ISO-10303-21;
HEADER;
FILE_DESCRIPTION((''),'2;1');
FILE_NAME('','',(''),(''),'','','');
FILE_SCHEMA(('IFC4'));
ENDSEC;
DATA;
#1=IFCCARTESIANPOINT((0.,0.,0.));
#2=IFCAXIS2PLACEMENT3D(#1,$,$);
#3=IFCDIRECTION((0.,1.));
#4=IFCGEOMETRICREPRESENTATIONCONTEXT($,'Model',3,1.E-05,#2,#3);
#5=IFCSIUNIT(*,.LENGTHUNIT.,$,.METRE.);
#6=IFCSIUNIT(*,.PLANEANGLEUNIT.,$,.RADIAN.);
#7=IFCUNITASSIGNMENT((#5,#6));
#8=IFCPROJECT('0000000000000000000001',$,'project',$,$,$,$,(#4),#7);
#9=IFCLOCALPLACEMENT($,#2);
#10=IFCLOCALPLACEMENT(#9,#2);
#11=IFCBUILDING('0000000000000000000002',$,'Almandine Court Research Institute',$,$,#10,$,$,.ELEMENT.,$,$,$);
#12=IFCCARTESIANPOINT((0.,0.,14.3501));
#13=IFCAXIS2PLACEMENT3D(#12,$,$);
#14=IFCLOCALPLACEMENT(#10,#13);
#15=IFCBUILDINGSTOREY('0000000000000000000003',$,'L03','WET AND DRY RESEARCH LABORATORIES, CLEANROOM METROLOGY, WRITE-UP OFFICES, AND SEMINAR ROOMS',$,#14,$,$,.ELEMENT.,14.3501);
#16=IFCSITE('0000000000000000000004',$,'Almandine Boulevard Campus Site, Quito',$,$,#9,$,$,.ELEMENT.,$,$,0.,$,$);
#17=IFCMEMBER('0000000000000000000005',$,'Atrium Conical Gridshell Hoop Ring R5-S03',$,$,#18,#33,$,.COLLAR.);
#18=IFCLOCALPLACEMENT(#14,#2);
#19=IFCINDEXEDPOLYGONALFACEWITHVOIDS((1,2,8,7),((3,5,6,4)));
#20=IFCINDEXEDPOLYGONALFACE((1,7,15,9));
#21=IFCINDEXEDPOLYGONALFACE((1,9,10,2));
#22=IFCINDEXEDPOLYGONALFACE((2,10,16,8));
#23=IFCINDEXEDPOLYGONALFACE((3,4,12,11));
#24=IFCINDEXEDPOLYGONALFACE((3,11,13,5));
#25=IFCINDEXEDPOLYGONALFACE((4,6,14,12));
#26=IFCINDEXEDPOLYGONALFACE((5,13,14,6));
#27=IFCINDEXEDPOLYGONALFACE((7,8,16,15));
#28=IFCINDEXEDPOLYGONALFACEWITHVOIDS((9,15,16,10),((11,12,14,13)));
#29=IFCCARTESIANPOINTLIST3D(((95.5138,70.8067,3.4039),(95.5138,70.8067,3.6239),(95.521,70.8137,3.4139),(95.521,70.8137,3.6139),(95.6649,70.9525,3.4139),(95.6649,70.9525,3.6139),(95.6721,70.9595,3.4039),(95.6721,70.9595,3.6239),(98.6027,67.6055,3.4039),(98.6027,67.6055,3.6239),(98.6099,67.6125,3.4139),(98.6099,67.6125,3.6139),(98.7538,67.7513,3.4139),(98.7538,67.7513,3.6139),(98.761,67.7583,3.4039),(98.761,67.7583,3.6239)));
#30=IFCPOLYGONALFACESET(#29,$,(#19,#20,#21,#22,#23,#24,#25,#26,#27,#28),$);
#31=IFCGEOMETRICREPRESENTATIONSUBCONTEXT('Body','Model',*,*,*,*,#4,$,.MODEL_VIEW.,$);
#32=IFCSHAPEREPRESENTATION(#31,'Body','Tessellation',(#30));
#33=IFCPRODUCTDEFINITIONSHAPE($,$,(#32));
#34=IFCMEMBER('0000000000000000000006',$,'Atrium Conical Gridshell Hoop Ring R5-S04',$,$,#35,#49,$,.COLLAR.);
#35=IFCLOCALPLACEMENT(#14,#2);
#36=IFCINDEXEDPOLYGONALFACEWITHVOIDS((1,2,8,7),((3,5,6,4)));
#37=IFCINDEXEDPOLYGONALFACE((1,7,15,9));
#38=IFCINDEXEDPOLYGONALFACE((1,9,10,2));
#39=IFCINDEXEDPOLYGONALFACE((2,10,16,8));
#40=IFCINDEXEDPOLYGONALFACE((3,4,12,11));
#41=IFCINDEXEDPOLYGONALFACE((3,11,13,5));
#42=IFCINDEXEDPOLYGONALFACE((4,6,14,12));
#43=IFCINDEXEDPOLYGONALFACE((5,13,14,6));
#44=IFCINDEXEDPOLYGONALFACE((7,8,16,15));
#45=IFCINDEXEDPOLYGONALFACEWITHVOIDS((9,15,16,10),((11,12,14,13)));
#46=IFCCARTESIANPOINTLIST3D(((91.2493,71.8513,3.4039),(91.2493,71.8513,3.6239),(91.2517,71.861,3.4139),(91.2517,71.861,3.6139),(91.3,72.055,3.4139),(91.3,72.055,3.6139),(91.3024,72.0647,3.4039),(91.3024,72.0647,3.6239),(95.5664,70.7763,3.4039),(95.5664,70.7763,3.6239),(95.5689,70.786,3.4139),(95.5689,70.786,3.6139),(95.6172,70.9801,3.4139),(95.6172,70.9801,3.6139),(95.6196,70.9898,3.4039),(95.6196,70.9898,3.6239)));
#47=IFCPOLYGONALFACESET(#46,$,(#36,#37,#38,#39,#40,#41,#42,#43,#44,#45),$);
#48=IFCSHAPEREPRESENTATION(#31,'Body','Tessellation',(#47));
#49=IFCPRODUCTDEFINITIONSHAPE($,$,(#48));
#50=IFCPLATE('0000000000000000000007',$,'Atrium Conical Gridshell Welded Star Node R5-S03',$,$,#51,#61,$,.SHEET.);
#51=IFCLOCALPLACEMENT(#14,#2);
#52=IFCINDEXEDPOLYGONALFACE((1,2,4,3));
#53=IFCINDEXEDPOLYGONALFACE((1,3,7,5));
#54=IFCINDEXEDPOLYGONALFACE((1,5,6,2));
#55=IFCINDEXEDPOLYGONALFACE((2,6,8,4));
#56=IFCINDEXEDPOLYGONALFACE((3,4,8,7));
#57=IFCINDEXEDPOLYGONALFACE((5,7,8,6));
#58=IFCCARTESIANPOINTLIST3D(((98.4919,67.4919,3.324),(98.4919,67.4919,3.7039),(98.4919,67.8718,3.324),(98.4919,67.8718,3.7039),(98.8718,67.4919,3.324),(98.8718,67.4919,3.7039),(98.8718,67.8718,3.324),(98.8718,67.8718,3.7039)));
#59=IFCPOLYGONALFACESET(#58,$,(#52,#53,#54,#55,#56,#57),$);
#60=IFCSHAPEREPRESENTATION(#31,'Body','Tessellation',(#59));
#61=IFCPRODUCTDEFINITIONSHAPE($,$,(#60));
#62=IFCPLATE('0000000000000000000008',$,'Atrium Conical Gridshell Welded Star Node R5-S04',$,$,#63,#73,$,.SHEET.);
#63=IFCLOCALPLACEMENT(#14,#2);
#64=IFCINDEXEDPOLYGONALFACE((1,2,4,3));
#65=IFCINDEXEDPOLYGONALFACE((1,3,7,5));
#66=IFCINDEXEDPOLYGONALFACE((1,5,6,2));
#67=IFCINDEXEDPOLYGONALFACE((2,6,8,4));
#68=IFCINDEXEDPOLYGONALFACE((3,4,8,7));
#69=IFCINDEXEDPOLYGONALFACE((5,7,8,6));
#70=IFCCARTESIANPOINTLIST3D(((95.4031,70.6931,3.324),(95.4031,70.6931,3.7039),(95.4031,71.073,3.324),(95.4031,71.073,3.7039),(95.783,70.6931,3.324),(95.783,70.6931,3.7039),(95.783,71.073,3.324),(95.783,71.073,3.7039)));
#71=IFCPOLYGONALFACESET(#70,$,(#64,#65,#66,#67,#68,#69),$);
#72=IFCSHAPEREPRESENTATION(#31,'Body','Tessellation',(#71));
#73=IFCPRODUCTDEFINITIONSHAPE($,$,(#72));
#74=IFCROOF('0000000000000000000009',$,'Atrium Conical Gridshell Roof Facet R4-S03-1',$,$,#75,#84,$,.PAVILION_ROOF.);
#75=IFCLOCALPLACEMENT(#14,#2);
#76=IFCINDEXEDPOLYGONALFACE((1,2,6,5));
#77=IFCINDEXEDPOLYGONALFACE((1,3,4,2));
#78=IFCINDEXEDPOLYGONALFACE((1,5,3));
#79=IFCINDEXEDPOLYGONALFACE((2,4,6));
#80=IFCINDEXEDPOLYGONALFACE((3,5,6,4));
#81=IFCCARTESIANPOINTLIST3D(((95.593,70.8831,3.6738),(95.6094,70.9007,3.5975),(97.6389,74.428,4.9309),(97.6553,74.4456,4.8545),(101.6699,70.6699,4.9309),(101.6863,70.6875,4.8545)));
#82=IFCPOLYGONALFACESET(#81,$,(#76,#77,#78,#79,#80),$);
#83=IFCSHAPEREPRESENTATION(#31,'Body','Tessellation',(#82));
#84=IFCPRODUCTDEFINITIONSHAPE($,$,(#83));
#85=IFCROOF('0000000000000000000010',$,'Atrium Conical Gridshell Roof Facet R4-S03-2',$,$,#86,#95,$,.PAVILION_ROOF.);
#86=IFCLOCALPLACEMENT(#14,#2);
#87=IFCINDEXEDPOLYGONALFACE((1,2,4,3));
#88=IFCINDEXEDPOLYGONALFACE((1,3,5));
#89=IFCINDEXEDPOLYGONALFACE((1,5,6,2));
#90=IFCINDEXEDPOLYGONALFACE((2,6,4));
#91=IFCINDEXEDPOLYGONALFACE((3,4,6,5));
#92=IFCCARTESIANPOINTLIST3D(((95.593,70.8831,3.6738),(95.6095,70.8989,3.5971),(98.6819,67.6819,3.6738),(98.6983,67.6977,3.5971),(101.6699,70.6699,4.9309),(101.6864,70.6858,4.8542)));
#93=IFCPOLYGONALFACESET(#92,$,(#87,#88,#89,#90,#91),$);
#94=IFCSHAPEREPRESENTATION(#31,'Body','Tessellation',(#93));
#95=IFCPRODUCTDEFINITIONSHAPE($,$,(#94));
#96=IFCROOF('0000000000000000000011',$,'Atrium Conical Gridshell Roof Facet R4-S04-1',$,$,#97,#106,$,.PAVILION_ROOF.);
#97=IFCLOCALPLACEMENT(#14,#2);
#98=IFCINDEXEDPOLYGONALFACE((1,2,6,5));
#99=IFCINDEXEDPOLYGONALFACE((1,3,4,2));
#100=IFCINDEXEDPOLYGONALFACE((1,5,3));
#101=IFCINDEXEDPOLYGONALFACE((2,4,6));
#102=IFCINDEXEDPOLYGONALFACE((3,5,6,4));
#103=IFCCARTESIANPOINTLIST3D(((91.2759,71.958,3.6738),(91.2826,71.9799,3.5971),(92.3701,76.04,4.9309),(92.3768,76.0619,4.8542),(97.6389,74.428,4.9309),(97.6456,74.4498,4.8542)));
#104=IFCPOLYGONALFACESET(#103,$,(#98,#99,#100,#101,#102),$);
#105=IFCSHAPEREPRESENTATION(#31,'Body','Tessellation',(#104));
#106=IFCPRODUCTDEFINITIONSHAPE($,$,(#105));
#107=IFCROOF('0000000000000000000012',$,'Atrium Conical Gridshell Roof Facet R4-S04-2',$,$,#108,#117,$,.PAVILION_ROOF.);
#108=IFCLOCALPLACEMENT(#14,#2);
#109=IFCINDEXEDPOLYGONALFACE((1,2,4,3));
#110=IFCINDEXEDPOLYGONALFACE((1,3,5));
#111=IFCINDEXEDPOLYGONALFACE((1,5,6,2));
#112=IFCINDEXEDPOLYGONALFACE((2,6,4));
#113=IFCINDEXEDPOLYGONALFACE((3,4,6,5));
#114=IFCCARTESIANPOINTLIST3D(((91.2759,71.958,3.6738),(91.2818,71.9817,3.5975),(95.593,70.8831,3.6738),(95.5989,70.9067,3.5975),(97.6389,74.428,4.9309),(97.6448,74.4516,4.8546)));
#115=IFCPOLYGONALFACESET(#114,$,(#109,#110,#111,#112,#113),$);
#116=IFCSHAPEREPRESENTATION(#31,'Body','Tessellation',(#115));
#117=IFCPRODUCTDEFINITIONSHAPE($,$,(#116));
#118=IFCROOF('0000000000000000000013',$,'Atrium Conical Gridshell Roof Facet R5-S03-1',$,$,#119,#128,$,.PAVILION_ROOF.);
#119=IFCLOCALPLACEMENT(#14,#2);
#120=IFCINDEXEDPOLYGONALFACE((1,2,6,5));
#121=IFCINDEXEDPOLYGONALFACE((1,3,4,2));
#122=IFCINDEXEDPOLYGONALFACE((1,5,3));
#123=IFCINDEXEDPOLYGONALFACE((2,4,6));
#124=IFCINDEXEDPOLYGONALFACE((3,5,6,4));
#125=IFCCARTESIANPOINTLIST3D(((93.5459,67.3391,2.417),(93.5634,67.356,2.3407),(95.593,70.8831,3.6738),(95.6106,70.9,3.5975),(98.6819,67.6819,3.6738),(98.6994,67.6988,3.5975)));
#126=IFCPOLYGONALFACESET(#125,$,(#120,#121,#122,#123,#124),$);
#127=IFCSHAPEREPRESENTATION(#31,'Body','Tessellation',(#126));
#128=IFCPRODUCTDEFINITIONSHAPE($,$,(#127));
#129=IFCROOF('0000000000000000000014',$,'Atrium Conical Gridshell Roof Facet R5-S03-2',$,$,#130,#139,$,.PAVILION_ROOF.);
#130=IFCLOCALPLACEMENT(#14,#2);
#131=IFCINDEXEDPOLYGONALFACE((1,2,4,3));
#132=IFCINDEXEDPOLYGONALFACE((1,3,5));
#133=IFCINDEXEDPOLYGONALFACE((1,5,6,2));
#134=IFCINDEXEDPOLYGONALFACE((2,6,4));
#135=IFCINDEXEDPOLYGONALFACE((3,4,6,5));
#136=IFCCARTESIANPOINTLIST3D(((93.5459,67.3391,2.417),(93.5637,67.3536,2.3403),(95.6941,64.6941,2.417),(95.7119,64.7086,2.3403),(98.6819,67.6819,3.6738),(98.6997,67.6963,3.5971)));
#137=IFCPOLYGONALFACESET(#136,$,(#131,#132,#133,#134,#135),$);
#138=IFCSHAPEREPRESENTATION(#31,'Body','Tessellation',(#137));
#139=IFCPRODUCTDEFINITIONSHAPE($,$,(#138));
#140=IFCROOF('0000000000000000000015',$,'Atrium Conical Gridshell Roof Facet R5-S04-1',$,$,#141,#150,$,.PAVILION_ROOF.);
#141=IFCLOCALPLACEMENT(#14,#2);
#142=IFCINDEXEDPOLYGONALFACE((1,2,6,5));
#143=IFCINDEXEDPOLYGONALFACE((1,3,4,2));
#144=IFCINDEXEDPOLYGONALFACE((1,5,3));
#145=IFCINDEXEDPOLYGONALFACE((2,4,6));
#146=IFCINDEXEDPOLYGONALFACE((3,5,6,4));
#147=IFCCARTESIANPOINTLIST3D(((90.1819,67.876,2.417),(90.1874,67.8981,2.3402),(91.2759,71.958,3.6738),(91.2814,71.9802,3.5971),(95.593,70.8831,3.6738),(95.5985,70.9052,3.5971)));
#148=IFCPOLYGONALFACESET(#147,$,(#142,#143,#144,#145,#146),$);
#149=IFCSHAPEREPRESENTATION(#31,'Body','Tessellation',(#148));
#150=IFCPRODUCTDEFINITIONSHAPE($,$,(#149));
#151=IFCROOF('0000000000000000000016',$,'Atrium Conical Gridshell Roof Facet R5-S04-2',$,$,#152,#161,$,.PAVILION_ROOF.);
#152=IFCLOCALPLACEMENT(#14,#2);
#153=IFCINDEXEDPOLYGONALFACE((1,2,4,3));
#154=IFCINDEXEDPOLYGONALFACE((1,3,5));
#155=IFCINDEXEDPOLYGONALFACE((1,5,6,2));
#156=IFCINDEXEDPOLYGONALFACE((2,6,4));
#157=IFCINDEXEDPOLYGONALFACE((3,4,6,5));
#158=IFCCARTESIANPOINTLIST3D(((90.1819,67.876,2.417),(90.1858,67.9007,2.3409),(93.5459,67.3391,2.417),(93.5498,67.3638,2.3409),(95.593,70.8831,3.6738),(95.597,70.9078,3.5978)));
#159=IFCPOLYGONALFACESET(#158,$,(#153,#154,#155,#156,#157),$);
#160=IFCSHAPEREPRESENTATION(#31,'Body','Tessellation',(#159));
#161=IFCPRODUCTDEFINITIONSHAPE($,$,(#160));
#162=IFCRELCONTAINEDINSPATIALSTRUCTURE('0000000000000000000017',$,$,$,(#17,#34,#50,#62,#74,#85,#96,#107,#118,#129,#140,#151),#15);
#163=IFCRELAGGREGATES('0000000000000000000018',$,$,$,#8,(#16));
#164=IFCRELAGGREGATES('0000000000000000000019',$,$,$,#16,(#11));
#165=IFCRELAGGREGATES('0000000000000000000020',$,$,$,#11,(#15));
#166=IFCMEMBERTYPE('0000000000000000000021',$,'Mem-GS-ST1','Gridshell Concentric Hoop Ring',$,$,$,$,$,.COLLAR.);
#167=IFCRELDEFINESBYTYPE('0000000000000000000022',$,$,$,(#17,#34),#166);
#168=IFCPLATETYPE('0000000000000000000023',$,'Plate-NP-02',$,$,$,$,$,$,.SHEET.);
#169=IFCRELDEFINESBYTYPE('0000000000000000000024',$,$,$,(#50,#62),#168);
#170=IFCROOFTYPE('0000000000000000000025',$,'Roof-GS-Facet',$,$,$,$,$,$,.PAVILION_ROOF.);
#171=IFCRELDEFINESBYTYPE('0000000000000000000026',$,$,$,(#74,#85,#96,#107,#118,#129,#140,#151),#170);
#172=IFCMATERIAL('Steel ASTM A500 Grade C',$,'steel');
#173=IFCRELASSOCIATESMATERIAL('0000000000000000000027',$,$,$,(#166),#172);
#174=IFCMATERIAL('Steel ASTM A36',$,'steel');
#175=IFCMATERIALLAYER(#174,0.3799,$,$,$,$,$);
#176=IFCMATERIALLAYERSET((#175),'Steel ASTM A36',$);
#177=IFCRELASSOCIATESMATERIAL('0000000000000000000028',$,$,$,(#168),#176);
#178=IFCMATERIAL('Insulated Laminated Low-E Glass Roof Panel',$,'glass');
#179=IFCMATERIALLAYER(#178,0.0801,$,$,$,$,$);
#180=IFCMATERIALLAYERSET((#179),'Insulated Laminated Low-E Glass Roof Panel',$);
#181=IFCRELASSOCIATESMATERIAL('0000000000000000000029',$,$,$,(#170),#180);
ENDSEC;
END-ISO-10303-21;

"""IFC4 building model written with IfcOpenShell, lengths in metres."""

from ifc_helpers import new_model, si_unit, direction, frame, origin, origin_2d, place, context, subcontext, project, spatial, polyline, rectangle, hollow_rectangle, outline, extrude, material, layer, layer_set, material_profile, profile_set, type_object, element, save


model = new_model("IFC4")

# Units and contexts
model_context = context("Model", 3, precision=1e-05, world=origin(), true_north=direction((0.0, 1.0)))
body_context = subcontext(model_context, "Body", "Model", "MODEL_VIEW")
ifc_project = project(units=[si_unit("LENGTHUNIT", "METRE"), si_unit("PLANEANGLEUNIT", "RADIAN")], contexts=[model_context])

# Site, building, storey
site_placement = place(None, origin())
site = spatial("IfcSite", under=ifc_project, at=site_placement, Name="Almandine Boulevard Campus Site, Quito", CompositionType="ELEMENT", RefElevation=0.0)
building_placement = place(site_placement, origin())
building = spatial("IfcBuilding", under=site, at=building_placement, Name="Almandine Court Research Institute", CompositionType="ELEMENT")
storey_placement = place(building_placement, frame((0.0, 0.0, 14.3501)))
storey = spatial("IfcBuildingStorey", under=building, at=storey_placement, Name="L03", Description="WET AND DRY RESEARCH LABORATORIES, CLEANROOM METROLOGY, WRITE-UP OFFICES, AND SEMINAR ROOMS", CompositionType="ELEMENT", Elevation=14.3501)

# Members
ifc_material_1 = material(Name="Steel ASTM A500 Grade C", Category="steel")
ifc_material_profile_1 = material_profile(ifc_material_1, hollow_rectangle(XDim=0.22, YDim=0.22, WallThickness=0.01, at=origin_2d()), Name="HSS 220x220x10")
ifc_profile_set_1 = profile_set([ifc_material_profile_1], Name="Steel ASTM A500 Grade C")
member_type_1 = type_object("IfcMemberType", Name="Mem-GS-ST1", Description="Gridshell Concentric Hoop Ring", PredefinedType="COLLAR", material=ifc_profile_set_1)
member_1_placement = place(storey_placement, frame((98.6819, 67.6819, 3.5139), z_axis=(-0.694371, 0.719617, 0.0), x_axis=(-0.719617, -0.694371, 0.0)))
element("IfcMember", 1, at=member_1_placement, inside=storey, type_object=member_type_1, Name="Atrium Conical Gridshell Hoop Ring R5-S03", PredefinedType="COLLAR", context=body_context, shape_type="SweptSolid", body=[
    extrude(hollow_rectangle(XDim=0.22, YDim=0.22, WallThickness=0.01, at=origin_2d()), origin(), (0.0, 0.0, 1.0), 4.4485),
])
member_2_placement = place(storey_placement, frame((95.593, 70.8831, 3.5139), z_axis=(-0.970371, 0.241619, 0.0), x_axis=(-0.241619, -0.970371, 0.0)))
element("IfcMember", 2, at=member_2_placement, inside=storey, type_object=member_type_1, Name="Atrium Conical Gridshell Hoop Ring R5-S04", PredefinedType="COLLAR", context=body_context, shape_type="SweptSolid", body=[
    extrude(hollow_rectangle(XDim=0.22, YDim=0.22, WallThickness=0.01, at=origin_2d()), origin(), (0.0, 0.0, 1.0), 4.449),
])

# Plates
ifc_material_2 = material(Name="Steel ASTM A36", Category="steel")
ifc_layer_1 = layer(ifc_material_2, 0.3799)
ifc_layer_set_1 = layer_set([ifc_layer_1], Name="Steel ASTM A36")
plate_type = type_object("IfcPlateType", Name="Plate-NP-02", PredefinedType="SHEET", material=ifc_layer_set_1)
for number, where, z_axis, x_axis, name in (
    (3, (98.6819, 67.6819, 3.324), (0.0, 0.0, 1.0), (1.0, 0.0, 0.0), "Atrium Conical Gridshell Welded Star Node R5-S03"),
    (4, (95.593, 70.8831, 3.324), (0.0, 0.0, 1.0), (1.0, 0.0, 0.0), "Atrium Conical Gridshell Welded Star Node R5-S04"),
):
    element("IfcPlate", number, at=place(storey_placement, frame(where, z_axis=z_axis, x_axis=x_axis)), inside=storey, type_object=plate_type, Name=name, PredefinedType="SHEET", context=body_context, shape_type="SweptSolid", body=[
        extrude(rectangle(XDim=0.3799, YDim=0.3799, at=origin_2d()), origin(), (0.0, 0.0, 1.0), 0.3799),
    ])

# Roofs
ifc_material_3 = material(Name="Insulated Laminated Low-E Glass Roof Panel", Category="glass")
ifc_layer_2 = layer(ifc_material_3, 0.0801)
ifc_layer_set_2 = layer_set([ifc_layer_2], Name="Insulated Laminated Low-E Glass Roof Panel")
roof_type = type_object("IfcRoofType", Name="Roof-GS-Facet", PredefinedType="PAVILION_ROOF", material=ifc_layer_set_2)
roof_1_placement = place(storey_placement, frame((101.6699, 70.6699, 4.9309), z_axis=(-0.205005, -0.219894, 0.95374), x_axis=(-0.731437, 0.681909, 0.0)))
element("IfcRoof", 5, at=roof_1_placement, inside=storey, type_object=roof_type, Name="Atrium Conical Gridshell Roof Facet R4-S03-1", PredefinedType="PAVILION_ROOF", context=body_context, shape_type="SweptSolid", body=[
    extrude(outline(polyline([(0.0, 0.0), (5.5111, 0.0), (4.5902, 4.1814), (0.0, 0.0)])), origin(), (0.0, 0.0, -1.0), 0.0801),
])
roof_2_placement = place(storey_placement, frame((101.6699, 70.6699, 4.9309), z_axis=(-0.205217, -0.198018, 0.958475), x_axis=(-0.97869, 0.034326, -0.202454)))
element("IfcRoof", 6, at=roof_2_placement, inside=storey, type_object=roof_type, Name="Atrium Conical Gridshell Roof Facet R4-S03-2", PredefinedType="PAVILION_ROOF", context=body_context, shape_type="SweptSolid", body=[
    extrude(outline(polyline([(0.0, 0.0), (6.2092, 0.0), (3.0763, 3.1581), (0.0, 0.0)])), origin(), (0.0, 0.0, -1.0), 0.0801),
])
roof_3_placement = place(storey_placement, frame((97.6389, 74.428, 4.9309), z_axis=(-0.083462, -0.272785, 0.958448), x_axis=(-0.956242, 0.292575, 0.0)))
element("IfcRoof", 7, at=roof_3_placement, inside=storey, type_object=roof_type, Name="Atrium Conical Gridshell Roof Facet R4-S04-1", PredefinedType="PAVILION_ROOF", context=body_context, shape_type="SweptSolid", body=[
    extrude(outline(polyline([(0.0, 0.0), (5.5099, 0.0), (5.362, 4.4067), (0.0, 0.0)])), origin(), (0.0, 0.0, -1.0), 0.0801),
])
roof_4_placement = place(storey_placement, frame((97.6389, 74.428, 4.9309), z_axis=(-0.07354, -0.295347, 0.952555), x_axis=(-0.91681, -0.355883, -0.181125)))
element("IfcRoof", 8, at=roof_4_placement, inside=storey, type_object=roof_type, Name="Atrium Conical Gridshell Roof Facet R4-S04-2", PredefinedType="PAVILION_ROOF", context=body_context, shape_type="SweptSolid", body=[
    extrude(outline(polyline([(0.0, 0.0), (6.9404, 0.0), (3.365, 2.6475), (0.0, 0.0)])), origin(), (0.0, 0.0, -1.0), 0.0801),
])
roof_5_placement = place(storey_placement, frame((98.6819, 67.6819, 3.6738), z_axis=(-0.219001, -0.211318, 0.952567), x_axis=(-0.694371, 0.719617, 0.0)))
element("IfcRoof", 9, at=roof_5_placement, inside=storey, type_object=roof_type, Name="Atrium Conical Gridshell Roof Facet R5-S03-1", PredefinedType="PAVILION_ROOF", context=body_context, shape_type="SweptSolid", body=[
    extrude(outline(polyline([(0.0, 0.0), (4.4484, 0.0), (3.3196, 4.1298), (0.0, 0.0)])), origin(), (0.0, 0.0, -1.0), 0.0801),
])
roof_6_placement = place(storey_placement, frame((98.6819, 67.6819, 3.6738), z_axis=(-0.222398, -0.180624, 0.958078), x_axis=(-0.969304, -0.064691, -0.2372)))
element("IfcRoof", 10, at=roof_6_placement, inside=storey, type_object=roof_type, Name="Atrium Conical Gridshell Roof Facet R5-S03-2", PredefinedType="PAVILION_ROOF", context=body_context, shape_type="SweptSolid", body=[
    extrude(outline(polyline([(0.0, 0.0), (5.2986, 0.0), (3.3875, 2.8211), (0.0, 0.0)])), origin(), (0.0, 0.0, -1.0), 0.0801),
])
roof_7_placement = place(storey_placement, frame((95.593, 70.8831, 3.6738), z_axis=(-0.068886, -0.276655, 0.958497), x_axis=(-0.970371, 0.241619, 0.0)))
element("IfcRoof", 11, at=roof_7_placement, inside=storey, type_object=roof_type, Name="Atrium Conical Gridshell Roof Facet R5-S04-1", PredefinedType="PAVILION_ROOF", context=body_context, shape_type="SweptSolid", body=[
    extrude(outline(polyline([(0.0, 0.0), (4.449, 0.0), (4.5242, 4.4084), (0.0, 0.0)])), origin(), (0.0, 0.0, -1.0), 0.0801),
])
roof_8_placement = place(storey_placement, frame((95.593, 70.8831, 3.6738), z_axis=(-0.049228, -0.308462, 0.949962), x_axis=(-0.85662, -0.476041, -0.198966)))
element("IfcRoof", 12, at=roof_8_placement, inside=storey, type_object=roof_type, Name="Atrium Conical Gridshell Roof Facet R5-S04-2", PredefinedType="PAVILION_ROOF", context=body_context, shape_type="SweptSolid", body=[
    extrude(outline(polyline([(0.0, 0.0), (6.3168, 0.0), (3.6907, 2.1699), (0.0, 0.0)])), origin(), (0.0, 0.0, -1.0), 0.0801),
])

save(model, "model.ifc")
